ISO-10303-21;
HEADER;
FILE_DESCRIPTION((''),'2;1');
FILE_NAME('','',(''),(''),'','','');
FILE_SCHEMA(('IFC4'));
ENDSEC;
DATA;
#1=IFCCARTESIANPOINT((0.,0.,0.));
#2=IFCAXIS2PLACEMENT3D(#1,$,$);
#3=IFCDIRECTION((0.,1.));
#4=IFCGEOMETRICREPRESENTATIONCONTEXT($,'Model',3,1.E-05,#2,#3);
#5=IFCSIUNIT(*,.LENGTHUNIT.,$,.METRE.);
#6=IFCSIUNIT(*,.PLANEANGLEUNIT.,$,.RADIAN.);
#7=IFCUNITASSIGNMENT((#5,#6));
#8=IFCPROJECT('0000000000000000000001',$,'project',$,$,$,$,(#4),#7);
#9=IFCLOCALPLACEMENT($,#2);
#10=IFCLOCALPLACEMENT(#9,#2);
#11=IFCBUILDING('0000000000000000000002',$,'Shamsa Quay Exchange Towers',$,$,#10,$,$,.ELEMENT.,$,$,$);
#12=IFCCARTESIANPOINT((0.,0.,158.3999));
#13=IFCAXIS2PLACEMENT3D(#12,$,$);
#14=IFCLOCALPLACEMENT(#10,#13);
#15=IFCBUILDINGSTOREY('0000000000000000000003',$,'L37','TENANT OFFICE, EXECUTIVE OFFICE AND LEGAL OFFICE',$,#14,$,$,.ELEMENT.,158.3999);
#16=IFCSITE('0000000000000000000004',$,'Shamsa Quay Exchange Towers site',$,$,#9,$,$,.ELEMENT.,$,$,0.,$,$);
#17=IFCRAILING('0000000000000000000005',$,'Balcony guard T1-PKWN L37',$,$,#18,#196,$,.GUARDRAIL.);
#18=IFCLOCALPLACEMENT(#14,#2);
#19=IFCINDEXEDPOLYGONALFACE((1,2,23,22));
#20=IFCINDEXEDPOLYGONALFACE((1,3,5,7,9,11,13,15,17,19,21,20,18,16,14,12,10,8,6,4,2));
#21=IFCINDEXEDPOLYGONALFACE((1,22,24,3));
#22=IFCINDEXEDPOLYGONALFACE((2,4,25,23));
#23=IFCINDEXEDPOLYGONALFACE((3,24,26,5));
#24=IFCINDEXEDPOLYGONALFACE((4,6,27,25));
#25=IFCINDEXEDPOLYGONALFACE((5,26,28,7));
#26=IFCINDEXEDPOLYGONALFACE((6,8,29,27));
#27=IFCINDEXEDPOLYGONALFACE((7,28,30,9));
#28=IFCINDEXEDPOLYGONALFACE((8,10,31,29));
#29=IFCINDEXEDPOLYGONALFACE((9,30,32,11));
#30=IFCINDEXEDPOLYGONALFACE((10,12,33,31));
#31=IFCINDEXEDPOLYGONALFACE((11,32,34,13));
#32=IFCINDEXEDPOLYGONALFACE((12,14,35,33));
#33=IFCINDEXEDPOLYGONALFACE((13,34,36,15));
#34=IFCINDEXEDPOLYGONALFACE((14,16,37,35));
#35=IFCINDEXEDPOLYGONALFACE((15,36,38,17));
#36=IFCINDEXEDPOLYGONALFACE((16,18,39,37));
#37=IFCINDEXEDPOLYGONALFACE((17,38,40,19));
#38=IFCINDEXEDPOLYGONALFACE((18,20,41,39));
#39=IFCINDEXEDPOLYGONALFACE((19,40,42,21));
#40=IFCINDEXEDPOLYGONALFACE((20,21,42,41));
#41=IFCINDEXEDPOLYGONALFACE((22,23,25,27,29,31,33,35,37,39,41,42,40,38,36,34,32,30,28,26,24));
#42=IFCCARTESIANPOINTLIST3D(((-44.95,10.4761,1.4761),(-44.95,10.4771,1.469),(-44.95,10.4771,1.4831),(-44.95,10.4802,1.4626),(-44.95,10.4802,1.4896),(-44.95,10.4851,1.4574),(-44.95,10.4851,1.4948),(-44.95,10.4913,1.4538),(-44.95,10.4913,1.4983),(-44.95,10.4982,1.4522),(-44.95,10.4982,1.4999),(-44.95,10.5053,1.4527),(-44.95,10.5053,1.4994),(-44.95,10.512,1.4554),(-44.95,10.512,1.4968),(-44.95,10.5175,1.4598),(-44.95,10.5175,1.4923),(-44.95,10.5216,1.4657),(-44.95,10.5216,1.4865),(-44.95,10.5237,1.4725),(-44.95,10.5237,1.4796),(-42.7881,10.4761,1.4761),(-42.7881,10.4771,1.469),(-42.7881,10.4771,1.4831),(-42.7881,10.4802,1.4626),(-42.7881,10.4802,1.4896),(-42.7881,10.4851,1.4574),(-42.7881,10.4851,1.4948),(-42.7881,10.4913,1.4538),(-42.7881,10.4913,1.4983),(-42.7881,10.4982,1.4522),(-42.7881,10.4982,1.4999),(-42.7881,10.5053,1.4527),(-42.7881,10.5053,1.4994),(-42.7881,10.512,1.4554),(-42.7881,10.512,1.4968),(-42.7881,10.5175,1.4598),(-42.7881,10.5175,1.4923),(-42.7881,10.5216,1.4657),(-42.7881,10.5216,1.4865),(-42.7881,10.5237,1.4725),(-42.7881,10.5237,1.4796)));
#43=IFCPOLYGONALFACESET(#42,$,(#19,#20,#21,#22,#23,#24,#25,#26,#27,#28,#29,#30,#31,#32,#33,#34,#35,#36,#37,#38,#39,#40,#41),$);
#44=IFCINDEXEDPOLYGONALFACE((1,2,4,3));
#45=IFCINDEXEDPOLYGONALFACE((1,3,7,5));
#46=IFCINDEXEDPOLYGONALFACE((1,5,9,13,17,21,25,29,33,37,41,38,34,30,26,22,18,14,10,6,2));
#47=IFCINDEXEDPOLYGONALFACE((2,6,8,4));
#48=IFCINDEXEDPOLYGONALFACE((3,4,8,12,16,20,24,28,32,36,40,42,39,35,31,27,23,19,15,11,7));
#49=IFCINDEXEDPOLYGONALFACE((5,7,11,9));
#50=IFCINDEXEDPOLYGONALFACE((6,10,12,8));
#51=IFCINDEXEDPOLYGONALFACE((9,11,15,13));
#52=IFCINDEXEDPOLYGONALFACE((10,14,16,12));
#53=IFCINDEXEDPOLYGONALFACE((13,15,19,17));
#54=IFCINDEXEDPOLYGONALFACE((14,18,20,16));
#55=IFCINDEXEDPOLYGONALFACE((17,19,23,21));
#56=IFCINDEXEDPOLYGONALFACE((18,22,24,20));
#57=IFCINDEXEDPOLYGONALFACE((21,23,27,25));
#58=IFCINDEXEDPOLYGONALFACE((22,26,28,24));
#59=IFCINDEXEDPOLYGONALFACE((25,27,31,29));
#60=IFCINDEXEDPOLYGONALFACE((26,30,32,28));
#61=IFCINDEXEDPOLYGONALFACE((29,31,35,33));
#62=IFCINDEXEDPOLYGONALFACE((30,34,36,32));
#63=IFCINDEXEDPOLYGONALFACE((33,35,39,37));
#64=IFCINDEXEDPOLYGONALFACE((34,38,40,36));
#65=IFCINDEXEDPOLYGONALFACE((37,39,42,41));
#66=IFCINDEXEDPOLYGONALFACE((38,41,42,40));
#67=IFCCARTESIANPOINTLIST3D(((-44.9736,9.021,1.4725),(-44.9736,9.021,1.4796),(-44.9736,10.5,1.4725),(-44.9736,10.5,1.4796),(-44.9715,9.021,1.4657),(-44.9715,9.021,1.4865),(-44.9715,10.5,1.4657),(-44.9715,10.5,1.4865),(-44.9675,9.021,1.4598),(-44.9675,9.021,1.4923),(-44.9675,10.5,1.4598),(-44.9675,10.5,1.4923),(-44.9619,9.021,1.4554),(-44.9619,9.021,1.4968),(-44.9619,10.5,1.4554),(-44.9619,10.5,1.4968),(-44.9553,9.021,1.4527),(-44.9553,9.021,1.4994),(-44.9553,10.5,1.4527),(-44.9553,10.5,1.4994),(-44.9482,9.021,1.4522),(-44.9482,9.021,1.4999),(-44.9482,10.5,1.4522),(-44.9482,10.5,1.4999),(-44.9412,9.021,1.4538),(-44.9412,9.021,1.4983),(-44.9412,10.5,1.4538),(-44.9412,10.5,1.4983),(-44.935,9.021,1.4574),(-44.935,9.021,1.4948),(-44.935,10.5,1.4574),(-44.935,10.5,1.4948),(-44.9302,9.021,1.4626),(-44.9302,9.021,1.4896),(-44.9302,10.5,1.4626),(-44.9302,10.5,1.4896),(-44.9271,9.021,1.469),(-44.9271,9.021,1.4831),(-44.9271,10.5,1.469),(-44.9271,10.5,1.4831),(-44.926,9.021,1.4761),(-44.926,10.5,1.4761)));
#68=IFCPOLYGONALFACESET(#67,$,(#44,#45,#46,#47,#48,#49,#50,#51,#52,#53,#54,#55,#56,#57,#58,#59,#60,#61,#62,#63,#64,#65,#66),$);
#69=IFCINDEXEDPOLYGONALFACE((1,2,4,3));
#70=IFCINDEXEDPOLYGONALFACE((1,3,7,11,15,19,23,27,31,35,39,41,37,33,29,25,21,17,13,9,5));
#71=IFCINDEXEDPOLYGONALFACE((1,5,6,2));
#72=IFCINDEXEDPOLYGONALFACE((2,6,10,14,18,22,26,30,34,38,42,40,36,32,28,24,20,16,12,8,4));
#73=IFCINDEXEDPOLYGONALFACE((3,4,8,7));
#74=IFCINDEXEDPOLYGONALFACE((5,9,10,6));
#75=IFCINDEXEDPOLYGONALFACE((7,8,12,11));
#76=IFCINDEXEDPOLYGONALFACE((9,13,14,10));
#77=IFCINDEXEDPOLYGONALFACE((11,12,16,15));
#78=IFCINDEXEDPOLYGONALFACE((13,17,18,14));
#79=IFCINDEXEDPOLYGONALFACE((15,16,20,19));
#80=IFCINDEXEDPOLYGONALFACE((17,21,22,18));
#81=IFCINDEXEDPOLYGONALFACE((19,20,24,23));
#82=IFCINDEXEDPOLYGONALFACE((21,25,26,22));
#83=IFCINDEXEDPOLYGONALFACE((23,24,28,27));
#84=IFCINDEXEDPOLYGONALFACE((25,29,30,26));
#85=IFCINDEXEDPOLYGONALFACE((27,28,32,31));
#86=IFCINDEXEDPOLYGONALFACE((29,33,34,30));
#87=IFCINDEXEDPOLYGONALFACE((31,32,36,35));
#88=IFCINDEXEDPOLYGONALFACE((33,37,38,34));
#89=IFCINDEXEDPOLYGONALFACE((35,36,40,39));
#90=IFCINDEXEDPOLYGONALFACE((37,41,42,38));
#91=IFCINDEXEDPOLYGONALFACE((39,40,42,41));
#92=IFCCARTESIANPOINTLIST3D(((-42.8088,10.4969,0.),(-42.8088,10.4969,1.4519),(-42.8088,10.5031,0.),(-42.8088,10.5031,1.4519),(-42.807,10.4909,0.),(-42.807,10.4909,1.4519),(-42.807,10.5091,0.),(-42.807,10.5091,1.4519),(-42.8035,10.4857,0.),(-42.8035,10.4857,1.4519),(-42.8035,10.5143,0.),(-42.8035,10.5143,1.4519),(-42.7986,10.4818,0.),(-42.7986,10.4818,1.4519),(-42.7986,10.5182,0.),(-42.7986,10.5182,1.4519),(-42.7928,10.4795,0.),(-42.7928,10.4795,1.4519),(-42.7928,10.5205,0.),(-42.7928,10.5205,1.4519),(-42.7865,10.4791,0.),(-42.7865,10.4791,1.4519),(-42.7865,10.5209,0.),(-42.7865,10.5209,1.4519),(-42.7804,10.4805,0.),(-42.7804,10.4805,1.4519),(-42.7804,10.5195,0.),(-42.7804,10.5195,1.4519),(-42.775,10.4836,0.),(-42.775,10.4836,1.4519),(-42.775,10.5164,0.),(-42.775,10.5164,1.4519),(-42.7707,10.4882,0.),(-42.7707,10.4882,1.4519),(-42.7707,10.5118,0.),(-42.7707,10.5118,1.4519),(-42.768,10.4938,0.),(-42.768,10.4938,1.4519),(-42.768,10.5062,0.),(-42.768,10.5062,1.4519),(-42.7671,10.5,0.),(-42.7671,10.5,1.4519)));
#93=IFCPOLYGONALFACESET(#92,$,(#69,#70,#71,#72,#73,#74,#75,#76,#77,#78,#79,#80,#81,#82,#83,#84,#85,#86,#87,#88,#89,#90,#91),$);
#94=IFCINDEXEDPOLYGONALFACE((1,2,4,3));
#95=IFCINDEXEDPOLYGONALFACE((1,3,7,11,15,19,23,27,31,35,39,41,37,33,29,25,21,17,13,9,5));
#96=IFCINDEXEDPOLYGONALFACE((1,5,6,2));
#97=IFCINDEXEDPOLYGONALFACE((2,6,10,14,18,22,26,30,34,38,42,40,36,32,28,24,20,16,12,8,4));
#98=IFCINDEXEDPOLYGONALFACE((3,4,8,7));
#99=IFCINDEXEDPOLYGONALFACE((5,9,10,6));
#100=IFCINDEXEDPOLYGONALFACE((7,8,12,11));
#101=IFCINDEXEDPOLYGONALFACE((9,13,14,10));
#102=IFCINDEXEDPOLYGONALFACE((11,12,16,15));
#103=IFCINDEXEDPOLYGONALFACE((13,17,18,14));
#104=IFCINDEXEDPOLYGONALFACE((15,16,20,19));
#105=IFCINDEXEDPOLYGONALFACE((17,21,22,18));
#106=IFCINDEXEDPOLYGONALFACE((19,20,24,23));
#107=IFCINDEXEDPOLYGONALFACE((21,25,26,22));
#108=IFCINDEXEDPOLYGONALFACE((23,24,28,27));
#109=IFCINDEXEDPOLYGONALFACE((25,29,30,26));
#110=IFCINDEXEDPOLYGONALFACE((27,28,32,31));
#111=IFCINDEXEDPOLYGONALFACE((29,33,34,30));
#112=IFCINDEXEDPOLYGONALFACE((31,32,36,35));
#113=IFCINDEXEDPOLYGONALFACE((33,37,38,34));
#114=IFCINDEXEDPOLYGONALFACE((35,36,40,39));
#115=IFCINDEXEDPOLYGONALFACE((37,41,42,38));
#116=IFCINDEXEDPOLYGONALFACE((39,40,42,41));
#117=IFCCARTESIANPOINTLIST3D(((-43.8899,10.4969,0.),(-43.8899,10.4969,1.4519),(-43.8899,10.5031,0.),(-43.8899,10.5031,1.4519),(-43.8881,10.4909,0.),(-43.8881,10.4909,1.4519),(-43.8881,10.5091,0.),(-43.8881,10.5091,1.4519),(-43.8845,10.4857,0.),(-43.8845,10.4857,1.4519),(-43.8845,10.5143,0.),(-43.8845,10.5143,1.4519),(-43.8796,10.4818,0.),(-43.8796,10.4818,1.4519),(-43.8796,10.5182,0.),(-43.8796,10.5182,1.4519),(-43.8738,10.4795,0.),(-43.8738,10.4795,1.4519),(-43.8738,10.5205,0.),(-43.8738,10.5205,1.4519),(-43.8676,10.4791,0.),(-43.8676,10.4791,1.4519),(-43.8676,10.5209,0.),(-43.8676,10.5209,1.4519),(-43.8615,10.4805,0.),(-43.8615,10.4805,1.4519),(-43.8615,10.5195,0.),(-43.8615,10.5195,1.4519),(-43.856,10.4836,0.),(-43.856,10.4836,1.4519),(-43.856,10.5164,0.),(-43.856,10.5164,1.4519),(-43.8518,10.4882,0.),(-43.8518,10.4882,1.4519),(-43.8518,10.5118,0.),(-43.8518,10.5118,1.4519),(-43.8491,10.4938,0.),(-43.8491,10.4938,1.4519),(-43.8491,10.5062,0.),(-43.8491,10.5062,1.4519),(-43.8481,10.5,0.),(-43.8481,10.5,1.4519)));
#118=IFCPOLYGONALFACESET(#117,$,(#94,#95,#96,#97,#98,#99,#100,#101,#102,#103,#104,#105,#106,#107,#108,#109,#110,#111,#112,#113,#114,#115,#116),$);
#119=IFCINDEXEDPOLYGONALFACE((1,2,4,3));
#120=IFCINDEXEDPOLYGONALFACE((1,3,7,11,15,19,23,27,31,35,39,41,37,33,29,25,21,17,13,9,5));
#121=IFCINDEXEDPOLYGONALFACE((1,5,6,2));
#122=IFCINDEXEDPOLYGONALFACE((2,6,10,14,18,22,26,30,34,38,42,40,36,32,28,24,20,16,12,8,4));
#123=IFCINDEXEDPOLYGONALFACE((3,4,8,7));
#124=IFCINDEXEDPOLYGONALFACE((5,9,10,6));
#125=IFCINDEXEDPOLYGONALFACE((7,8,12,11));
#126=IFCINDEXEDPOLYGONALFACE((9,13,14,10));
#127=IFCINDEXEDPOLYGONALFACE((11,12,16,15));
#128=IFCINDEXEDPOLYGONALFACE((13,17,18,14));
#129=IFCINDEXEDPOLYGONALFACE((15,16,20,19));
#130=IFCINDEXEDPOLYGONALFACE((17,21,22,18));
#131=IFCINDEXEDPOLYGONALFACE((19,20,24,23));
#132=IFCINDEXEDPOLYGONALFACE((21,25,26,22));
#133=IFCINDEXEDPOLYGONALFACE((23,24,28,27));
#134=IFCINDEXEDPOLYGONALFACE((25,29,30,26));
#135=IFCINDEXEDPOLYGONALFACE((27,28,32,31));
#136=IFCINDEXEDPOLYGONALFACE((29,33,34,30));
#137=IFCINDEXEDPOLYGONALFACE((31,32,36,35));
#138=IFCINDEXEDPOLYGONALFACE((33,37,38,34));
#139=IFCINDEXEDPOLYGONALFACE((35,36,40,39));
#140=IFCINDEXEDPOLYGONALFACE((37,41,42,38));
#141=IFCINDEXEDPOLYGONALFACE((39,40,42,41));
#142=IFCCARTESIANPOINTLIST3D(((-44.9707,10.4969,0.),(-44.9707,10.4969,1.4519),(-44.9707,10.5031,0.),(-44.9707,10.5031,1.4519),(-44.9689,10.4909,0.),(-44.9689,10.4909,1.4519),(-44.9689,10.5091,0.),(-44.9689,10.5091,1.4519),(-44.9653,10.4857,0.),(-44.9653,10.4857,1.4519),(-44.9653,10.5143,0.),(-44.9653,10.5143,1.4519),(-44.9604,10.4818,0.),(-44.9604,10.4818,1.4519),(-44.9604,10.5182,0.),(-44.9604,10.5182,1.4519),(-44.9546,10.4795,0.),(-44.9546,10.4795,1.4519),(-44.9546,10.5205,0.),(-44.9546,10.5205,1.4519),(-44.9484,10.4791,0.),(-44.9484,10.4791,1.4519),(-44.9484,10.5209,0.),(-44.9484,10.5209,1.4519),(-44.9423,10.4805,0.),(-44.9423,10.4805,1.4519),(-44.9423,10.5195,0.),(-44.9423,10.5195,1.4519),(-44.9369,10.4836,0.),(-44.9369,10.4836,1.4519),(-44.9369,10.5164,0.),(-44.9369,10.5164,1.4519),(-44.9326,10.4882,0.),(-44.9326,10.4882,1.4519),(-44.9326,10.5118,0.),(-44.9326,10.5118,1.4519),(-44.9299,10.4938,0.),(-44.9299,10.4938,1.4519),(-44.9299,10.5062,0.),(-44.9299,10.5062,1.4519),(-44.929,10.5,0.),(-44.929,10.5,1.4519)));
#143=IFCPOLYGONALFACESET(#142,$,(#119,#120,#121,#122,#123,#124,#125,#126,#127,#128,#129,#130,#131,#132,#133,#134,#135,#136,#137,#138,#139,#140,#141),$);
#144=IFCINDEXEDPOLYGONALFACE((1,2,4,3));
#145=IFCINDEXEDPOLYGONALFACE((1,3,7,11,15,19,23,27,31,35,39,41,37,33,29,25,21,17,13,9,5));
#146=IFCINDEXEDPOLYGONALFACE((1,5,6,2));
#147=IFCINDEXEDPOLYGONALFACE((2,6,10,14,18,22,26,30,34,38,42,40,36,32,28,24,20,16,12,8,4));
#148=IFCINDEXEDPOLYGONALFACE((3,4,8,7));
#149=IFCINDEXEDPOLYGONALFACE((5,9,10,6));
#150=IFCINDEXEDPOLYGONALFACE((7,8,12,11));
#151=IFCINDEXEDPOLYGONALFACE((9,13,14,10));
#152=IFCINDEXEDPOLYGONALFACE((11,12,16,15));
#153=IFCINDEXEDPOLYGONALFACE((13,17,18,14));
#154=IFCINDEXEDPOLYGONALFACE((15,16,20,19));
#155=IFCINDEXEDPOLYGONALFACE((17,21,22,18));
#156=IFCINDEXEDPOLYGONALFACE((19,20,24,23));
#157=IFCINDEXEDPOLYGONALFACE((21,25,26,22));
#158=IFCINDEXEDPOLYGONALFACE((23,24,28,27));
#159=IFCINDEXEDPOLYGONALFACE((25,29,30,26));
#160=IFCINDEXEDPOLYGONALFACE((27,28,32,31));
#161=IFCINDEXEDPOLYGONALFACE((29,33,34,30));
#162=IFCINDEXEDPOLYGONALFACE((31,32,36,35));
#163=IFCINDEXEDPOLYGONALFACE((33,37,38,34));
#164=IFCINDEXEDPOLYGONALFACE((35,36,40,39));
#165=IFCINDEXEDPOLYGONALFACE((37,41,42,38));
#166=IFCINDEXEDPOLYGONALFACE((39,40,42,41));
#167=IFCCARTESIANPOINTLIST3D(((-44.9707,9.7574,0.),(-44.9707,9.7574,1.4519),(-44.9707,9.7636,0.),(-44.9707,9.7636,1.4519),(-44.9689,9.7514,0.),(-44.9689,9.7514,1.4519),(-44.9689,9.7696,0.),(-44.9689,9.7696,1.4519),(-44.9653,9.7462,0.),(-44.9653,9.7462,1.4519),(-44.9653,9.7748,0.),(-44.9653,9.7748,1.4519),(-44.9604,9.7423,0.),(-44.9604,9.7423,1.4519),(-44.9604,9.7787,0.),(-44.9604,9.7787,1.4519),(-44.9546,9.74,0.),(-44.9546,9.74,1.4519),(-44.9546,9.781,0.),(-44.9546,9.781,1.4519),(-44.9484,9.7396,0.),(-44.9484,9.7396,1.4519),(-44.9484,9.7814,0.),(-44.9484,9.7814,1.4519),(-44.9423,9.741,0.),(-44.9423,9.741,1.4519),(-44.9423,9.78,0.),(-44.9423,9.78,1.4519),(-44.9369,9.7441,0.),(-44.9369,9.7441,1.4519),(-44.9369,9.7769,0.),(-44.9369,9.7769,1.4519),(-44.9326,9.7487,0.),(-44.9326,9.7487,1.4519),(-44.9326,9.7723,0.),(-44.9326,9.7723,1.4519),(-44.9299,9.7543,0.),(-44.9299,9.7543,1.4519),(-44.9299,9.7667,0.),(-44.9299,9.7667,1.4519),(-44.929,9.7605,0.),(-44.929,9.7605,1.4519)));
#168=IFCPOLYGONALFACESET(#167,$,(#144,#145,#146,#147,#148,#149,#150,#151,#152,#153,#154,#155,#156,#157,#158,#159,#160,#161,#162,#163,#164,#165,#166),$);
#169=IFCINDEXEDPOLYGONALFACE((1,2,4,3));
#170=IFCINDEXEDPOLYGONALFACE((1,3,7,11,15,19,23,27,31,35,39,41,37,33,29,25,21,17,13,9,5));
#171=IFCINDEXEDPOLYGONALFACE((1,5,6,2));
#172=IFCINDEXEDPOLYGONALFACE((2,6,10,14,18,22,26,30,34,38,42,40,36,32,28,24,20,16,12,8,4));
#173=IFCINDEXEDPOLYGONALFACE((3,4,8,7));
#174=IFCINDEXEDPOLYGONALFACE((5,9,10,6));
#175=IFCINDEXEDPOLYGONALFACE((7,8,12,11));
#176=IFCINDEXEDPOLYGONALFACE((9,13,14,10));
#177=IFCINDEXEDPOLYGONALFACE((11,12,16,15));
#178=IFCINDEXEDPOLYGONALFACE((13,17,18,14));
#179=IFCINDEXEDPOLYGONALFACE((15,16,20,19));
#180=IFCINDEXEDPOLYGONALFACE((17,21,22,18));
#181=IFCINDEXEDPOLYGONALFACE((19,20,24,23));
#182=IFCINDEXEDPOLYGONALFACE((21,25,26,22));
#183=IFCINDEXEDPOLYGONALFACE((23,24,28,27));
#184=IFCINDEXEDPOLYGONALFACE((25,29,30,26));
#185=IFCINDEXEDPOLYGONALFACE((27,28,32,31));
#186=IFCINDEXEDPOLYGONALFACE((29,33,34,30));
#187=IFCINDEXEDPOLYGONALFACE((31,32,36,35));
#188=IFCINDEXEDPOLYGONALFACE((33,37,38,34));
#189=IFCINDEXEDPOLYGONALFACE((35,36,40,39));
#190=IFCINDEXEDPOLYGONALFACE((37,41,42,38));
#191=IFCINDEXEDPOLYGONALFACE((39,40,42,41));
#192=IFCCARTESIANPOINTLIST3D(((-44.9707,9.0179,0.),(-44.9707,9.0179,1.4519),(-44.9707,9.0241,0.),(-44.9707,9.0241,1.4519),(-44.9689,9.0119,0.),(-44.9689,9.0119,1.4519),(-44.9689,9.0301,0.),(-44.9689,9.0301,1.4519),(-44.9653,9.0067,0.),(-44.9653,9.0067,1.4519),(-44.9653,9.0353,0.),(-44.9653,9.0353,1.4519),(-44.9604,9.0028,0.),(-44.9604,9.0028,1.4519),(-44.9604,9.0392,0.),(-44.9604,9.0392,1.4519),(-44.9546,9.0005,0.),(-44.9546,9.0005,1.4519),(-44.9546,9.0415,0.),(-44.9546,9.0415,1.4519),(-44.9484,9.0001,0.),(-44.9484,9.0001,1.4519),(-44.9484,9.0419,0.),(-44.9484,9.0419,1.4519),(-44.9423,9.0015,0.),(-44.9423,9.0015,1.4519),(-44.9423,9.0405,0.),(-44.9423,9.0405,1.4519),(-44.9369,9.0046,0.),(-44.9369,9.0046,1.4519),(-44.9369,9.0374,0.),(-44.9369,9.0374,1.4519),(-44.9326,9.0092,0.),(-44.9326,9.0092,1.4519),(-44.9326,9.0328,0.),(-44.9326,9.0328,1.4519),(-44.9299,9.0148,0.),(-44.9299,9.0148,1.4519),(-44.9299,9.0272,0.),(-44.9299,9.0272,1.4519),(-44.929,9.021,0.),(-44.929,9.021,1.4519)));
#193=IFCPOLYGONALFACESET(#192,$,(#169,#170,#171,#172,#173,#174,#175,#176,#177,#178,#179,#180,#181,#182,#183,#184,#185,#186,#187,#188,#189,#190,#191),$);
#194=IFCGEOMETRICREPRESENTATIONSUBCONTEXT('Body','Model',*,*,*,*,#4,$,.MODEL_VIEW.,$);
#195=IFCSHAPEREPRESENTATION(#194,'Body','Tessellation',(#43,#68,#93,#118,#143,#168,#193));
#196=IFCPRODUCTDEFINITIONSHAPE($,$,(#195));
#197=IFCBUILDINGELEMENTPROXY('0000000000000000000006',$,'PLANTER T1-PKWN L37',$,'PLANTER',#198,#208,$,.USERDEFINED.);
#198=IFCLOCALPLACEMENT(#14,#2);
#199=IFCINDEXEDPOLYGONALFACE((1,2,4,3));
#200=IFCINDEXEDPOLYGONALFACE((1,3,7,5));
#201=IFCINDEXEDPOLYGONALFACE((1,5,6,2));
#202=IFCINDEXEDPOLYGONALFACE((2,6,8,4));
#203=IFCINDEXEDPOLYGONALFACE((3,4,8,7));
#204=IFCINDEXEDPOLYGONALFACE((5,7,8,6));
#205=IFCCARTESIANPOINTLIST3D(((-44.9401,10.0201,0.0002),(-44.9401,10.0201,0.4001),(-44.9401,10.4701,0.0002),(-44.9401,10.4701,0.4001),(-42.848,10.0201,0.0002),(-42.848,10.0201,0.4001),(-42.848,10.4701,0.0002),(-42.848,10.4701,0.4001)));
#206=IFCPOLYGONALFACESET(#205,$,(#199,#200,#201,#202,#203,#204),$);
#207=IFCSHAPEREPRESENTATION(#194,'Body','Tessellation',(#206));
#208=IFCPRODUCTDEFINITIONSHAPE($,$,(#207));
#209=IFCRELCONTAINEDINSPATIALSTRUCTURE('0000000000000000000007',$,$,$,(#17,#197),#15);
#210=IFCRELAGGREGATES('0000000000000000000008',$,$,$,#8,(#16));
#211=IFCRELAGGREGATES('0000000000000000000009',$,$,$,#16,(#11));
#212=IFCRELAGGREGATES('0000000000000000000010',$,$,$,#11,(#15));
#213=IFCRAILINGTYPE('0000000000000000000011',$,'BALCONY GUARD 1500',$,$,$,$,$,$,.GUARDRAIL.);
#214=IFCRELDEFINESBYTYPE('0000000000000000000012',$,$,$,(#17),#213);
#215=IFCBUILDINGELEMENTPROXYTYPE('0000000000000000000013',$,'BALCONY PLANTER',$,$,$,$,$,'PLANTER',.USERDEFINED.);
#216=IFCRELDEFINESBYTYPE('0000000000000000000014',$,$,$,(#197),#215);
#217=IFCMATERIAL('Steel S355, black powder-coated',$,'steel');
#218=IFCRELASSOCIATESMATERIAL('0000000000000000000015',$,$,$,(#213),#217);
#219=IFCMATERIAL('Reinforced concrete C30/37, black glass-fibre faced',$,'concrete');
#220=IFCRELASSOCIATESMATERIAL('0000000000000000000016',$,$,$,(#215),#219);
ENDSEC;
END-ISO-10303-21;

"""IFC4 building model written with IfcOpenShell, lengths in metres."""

from ifc_helpers import new_model, si_unit, direction, frame, origin, origin_2d, place, context, subcontext, project, spatial, rectangle, circle, extrude, material, type_object, element, save


model = new_model("IFC4")

# Units and contexts
model_context = context("Model", 3, precision=1e-05, world=origin(), true_north=direction((0.0, 1.0)))
body_context = subcontext(model_context, "Body", "Model", "MODEL_VIEW")
ifc_project = project(units=[si_unit("LENGTHUNIT", "METRE"), si_unit("PLANEANGLEUNIT", "RADIAN")], contexts=[model_context])

# Site, building, storey
site_placement = place(None, origin())
site = spatial("IfcSite", under=ifc_project, at=site_placement, Name="Shamsa Quay Exchange Towers site", CompositionType="ELEMENT", RefElevation=0.0)
building_placement = place(site_placement, origin())
building = spatial("IfcBuilding", under=site, at=building_placement, Name="Shamsa Quay Exchange Towers", CompositionType="ELEMENT")
storey_placement = place(building_placement, frame((0.0, 0.0, 158.3999)))
storey = spatial("IfcBuildingStorey", under=building, at=storey_placement, Name="L37", Description="TENANT OFFICE, EXECUTIVE OFFICE AND LEGAL OFFICE", CompositionType="ELEMENT", Elevation=158.3999)

# Railing
ifc_material_1 = material(Name="Steel S355, black powder-coated", Category="steel")
railing_type = type_object("IfcRailingType", Name="BALCONY GUARD 1500", PredefinedType="GUARDRAIL", material=ifc_material_1)
railing_placement = place(storey_placement, frame((-42.7881, 10.5, 0.0)))
element("IfcRailing", 1, at=railing_placement, inside=storey, type_object=railing_type, Name="Balcony guard T1-PKWN L37", PredefinedType="GUARDRAIL", context=body_context, shape_type="SweptSolid", body=[
    extrude(circle(Radius=0.0239, at=origin_2d()), frame((0.0, 0.0, 1.4761), z_axis=(-1.0, 0.0, 0.0), x_axis=(0.0, -1.0, 0.0)), (0.0, 0.0, 1.0), 2.1619),
    extrude(circle(Radius=0.0239, at=origin_2d()), frame((-2.1619, 0.0, 1.4761), z_axis=(0.0, -1.0, 0.0), x_axis=(1.0, 0.0, 0.0)), (0.0, 0.0, 1.0), 1.479),
    extrude(circle(Radius=0.021, at=origin_2d()), origin(), (0.0, 0.0, 1.0), 1.4519),
    extrude(circle(Radius=0.021, at=origin_2d()), frame((-1.0811, 0.0, 0.0)), (0.0, 0.0, 1.0), 1.4519),
    extrude(circle(Radius=0.021, at=origin_2d()), frame((-2.1619, 0.0, 0.0)), (0.0, 0.0, 1.0), 1.4519),
    extrude(circle(Radius=0.021, at=origin_2d()), frame((-2.1619, -0.7395, 0.0)), (0.0, 0.0, 1.0), 1.4519),
    extrude(circle(Radius=0.021, at=origin_2d()), frame((-2.1619, -1.479, 0.0)), (0.0, 0.0, 1.0), 1.4519),
])

# Building element proxy
ifc_material_2 = material(Name="Reinforced concrete C30/37, black glass-fibre faced", Category="concrete")
building_element_proxy_type = type_object("IfcBuildingElementProxyType", Name="BALCONY PLANTER", ElementType="PLANTER", PredefinedType="USERDEFINED", material=ifc_material_2)
proxy_placement = place(storey_placement, frame((-43.894, 10.2451, 0.0002), z_axis=(0.0, 0.0, 1.0), x_axis=(-1.0, 0.0, 0.0)))
element("IfcBuildingElementProxy", 2, at=proxy_placement, inside=storey, type_object=building_element_proxy_type, Name="PLANTER T1-PKWN L37", ObjectType="PLANTER", PredefinedType="USERDEFINED", context=body_context, shape_type="SweptSolid", body=[
    extrude(rectangle(XDim=2.092, YDim=0.45, at=origin_2d()), origin(), (0.0, 0.0, 1.0), 0.3999),
])

save(model, "model.ifc")
